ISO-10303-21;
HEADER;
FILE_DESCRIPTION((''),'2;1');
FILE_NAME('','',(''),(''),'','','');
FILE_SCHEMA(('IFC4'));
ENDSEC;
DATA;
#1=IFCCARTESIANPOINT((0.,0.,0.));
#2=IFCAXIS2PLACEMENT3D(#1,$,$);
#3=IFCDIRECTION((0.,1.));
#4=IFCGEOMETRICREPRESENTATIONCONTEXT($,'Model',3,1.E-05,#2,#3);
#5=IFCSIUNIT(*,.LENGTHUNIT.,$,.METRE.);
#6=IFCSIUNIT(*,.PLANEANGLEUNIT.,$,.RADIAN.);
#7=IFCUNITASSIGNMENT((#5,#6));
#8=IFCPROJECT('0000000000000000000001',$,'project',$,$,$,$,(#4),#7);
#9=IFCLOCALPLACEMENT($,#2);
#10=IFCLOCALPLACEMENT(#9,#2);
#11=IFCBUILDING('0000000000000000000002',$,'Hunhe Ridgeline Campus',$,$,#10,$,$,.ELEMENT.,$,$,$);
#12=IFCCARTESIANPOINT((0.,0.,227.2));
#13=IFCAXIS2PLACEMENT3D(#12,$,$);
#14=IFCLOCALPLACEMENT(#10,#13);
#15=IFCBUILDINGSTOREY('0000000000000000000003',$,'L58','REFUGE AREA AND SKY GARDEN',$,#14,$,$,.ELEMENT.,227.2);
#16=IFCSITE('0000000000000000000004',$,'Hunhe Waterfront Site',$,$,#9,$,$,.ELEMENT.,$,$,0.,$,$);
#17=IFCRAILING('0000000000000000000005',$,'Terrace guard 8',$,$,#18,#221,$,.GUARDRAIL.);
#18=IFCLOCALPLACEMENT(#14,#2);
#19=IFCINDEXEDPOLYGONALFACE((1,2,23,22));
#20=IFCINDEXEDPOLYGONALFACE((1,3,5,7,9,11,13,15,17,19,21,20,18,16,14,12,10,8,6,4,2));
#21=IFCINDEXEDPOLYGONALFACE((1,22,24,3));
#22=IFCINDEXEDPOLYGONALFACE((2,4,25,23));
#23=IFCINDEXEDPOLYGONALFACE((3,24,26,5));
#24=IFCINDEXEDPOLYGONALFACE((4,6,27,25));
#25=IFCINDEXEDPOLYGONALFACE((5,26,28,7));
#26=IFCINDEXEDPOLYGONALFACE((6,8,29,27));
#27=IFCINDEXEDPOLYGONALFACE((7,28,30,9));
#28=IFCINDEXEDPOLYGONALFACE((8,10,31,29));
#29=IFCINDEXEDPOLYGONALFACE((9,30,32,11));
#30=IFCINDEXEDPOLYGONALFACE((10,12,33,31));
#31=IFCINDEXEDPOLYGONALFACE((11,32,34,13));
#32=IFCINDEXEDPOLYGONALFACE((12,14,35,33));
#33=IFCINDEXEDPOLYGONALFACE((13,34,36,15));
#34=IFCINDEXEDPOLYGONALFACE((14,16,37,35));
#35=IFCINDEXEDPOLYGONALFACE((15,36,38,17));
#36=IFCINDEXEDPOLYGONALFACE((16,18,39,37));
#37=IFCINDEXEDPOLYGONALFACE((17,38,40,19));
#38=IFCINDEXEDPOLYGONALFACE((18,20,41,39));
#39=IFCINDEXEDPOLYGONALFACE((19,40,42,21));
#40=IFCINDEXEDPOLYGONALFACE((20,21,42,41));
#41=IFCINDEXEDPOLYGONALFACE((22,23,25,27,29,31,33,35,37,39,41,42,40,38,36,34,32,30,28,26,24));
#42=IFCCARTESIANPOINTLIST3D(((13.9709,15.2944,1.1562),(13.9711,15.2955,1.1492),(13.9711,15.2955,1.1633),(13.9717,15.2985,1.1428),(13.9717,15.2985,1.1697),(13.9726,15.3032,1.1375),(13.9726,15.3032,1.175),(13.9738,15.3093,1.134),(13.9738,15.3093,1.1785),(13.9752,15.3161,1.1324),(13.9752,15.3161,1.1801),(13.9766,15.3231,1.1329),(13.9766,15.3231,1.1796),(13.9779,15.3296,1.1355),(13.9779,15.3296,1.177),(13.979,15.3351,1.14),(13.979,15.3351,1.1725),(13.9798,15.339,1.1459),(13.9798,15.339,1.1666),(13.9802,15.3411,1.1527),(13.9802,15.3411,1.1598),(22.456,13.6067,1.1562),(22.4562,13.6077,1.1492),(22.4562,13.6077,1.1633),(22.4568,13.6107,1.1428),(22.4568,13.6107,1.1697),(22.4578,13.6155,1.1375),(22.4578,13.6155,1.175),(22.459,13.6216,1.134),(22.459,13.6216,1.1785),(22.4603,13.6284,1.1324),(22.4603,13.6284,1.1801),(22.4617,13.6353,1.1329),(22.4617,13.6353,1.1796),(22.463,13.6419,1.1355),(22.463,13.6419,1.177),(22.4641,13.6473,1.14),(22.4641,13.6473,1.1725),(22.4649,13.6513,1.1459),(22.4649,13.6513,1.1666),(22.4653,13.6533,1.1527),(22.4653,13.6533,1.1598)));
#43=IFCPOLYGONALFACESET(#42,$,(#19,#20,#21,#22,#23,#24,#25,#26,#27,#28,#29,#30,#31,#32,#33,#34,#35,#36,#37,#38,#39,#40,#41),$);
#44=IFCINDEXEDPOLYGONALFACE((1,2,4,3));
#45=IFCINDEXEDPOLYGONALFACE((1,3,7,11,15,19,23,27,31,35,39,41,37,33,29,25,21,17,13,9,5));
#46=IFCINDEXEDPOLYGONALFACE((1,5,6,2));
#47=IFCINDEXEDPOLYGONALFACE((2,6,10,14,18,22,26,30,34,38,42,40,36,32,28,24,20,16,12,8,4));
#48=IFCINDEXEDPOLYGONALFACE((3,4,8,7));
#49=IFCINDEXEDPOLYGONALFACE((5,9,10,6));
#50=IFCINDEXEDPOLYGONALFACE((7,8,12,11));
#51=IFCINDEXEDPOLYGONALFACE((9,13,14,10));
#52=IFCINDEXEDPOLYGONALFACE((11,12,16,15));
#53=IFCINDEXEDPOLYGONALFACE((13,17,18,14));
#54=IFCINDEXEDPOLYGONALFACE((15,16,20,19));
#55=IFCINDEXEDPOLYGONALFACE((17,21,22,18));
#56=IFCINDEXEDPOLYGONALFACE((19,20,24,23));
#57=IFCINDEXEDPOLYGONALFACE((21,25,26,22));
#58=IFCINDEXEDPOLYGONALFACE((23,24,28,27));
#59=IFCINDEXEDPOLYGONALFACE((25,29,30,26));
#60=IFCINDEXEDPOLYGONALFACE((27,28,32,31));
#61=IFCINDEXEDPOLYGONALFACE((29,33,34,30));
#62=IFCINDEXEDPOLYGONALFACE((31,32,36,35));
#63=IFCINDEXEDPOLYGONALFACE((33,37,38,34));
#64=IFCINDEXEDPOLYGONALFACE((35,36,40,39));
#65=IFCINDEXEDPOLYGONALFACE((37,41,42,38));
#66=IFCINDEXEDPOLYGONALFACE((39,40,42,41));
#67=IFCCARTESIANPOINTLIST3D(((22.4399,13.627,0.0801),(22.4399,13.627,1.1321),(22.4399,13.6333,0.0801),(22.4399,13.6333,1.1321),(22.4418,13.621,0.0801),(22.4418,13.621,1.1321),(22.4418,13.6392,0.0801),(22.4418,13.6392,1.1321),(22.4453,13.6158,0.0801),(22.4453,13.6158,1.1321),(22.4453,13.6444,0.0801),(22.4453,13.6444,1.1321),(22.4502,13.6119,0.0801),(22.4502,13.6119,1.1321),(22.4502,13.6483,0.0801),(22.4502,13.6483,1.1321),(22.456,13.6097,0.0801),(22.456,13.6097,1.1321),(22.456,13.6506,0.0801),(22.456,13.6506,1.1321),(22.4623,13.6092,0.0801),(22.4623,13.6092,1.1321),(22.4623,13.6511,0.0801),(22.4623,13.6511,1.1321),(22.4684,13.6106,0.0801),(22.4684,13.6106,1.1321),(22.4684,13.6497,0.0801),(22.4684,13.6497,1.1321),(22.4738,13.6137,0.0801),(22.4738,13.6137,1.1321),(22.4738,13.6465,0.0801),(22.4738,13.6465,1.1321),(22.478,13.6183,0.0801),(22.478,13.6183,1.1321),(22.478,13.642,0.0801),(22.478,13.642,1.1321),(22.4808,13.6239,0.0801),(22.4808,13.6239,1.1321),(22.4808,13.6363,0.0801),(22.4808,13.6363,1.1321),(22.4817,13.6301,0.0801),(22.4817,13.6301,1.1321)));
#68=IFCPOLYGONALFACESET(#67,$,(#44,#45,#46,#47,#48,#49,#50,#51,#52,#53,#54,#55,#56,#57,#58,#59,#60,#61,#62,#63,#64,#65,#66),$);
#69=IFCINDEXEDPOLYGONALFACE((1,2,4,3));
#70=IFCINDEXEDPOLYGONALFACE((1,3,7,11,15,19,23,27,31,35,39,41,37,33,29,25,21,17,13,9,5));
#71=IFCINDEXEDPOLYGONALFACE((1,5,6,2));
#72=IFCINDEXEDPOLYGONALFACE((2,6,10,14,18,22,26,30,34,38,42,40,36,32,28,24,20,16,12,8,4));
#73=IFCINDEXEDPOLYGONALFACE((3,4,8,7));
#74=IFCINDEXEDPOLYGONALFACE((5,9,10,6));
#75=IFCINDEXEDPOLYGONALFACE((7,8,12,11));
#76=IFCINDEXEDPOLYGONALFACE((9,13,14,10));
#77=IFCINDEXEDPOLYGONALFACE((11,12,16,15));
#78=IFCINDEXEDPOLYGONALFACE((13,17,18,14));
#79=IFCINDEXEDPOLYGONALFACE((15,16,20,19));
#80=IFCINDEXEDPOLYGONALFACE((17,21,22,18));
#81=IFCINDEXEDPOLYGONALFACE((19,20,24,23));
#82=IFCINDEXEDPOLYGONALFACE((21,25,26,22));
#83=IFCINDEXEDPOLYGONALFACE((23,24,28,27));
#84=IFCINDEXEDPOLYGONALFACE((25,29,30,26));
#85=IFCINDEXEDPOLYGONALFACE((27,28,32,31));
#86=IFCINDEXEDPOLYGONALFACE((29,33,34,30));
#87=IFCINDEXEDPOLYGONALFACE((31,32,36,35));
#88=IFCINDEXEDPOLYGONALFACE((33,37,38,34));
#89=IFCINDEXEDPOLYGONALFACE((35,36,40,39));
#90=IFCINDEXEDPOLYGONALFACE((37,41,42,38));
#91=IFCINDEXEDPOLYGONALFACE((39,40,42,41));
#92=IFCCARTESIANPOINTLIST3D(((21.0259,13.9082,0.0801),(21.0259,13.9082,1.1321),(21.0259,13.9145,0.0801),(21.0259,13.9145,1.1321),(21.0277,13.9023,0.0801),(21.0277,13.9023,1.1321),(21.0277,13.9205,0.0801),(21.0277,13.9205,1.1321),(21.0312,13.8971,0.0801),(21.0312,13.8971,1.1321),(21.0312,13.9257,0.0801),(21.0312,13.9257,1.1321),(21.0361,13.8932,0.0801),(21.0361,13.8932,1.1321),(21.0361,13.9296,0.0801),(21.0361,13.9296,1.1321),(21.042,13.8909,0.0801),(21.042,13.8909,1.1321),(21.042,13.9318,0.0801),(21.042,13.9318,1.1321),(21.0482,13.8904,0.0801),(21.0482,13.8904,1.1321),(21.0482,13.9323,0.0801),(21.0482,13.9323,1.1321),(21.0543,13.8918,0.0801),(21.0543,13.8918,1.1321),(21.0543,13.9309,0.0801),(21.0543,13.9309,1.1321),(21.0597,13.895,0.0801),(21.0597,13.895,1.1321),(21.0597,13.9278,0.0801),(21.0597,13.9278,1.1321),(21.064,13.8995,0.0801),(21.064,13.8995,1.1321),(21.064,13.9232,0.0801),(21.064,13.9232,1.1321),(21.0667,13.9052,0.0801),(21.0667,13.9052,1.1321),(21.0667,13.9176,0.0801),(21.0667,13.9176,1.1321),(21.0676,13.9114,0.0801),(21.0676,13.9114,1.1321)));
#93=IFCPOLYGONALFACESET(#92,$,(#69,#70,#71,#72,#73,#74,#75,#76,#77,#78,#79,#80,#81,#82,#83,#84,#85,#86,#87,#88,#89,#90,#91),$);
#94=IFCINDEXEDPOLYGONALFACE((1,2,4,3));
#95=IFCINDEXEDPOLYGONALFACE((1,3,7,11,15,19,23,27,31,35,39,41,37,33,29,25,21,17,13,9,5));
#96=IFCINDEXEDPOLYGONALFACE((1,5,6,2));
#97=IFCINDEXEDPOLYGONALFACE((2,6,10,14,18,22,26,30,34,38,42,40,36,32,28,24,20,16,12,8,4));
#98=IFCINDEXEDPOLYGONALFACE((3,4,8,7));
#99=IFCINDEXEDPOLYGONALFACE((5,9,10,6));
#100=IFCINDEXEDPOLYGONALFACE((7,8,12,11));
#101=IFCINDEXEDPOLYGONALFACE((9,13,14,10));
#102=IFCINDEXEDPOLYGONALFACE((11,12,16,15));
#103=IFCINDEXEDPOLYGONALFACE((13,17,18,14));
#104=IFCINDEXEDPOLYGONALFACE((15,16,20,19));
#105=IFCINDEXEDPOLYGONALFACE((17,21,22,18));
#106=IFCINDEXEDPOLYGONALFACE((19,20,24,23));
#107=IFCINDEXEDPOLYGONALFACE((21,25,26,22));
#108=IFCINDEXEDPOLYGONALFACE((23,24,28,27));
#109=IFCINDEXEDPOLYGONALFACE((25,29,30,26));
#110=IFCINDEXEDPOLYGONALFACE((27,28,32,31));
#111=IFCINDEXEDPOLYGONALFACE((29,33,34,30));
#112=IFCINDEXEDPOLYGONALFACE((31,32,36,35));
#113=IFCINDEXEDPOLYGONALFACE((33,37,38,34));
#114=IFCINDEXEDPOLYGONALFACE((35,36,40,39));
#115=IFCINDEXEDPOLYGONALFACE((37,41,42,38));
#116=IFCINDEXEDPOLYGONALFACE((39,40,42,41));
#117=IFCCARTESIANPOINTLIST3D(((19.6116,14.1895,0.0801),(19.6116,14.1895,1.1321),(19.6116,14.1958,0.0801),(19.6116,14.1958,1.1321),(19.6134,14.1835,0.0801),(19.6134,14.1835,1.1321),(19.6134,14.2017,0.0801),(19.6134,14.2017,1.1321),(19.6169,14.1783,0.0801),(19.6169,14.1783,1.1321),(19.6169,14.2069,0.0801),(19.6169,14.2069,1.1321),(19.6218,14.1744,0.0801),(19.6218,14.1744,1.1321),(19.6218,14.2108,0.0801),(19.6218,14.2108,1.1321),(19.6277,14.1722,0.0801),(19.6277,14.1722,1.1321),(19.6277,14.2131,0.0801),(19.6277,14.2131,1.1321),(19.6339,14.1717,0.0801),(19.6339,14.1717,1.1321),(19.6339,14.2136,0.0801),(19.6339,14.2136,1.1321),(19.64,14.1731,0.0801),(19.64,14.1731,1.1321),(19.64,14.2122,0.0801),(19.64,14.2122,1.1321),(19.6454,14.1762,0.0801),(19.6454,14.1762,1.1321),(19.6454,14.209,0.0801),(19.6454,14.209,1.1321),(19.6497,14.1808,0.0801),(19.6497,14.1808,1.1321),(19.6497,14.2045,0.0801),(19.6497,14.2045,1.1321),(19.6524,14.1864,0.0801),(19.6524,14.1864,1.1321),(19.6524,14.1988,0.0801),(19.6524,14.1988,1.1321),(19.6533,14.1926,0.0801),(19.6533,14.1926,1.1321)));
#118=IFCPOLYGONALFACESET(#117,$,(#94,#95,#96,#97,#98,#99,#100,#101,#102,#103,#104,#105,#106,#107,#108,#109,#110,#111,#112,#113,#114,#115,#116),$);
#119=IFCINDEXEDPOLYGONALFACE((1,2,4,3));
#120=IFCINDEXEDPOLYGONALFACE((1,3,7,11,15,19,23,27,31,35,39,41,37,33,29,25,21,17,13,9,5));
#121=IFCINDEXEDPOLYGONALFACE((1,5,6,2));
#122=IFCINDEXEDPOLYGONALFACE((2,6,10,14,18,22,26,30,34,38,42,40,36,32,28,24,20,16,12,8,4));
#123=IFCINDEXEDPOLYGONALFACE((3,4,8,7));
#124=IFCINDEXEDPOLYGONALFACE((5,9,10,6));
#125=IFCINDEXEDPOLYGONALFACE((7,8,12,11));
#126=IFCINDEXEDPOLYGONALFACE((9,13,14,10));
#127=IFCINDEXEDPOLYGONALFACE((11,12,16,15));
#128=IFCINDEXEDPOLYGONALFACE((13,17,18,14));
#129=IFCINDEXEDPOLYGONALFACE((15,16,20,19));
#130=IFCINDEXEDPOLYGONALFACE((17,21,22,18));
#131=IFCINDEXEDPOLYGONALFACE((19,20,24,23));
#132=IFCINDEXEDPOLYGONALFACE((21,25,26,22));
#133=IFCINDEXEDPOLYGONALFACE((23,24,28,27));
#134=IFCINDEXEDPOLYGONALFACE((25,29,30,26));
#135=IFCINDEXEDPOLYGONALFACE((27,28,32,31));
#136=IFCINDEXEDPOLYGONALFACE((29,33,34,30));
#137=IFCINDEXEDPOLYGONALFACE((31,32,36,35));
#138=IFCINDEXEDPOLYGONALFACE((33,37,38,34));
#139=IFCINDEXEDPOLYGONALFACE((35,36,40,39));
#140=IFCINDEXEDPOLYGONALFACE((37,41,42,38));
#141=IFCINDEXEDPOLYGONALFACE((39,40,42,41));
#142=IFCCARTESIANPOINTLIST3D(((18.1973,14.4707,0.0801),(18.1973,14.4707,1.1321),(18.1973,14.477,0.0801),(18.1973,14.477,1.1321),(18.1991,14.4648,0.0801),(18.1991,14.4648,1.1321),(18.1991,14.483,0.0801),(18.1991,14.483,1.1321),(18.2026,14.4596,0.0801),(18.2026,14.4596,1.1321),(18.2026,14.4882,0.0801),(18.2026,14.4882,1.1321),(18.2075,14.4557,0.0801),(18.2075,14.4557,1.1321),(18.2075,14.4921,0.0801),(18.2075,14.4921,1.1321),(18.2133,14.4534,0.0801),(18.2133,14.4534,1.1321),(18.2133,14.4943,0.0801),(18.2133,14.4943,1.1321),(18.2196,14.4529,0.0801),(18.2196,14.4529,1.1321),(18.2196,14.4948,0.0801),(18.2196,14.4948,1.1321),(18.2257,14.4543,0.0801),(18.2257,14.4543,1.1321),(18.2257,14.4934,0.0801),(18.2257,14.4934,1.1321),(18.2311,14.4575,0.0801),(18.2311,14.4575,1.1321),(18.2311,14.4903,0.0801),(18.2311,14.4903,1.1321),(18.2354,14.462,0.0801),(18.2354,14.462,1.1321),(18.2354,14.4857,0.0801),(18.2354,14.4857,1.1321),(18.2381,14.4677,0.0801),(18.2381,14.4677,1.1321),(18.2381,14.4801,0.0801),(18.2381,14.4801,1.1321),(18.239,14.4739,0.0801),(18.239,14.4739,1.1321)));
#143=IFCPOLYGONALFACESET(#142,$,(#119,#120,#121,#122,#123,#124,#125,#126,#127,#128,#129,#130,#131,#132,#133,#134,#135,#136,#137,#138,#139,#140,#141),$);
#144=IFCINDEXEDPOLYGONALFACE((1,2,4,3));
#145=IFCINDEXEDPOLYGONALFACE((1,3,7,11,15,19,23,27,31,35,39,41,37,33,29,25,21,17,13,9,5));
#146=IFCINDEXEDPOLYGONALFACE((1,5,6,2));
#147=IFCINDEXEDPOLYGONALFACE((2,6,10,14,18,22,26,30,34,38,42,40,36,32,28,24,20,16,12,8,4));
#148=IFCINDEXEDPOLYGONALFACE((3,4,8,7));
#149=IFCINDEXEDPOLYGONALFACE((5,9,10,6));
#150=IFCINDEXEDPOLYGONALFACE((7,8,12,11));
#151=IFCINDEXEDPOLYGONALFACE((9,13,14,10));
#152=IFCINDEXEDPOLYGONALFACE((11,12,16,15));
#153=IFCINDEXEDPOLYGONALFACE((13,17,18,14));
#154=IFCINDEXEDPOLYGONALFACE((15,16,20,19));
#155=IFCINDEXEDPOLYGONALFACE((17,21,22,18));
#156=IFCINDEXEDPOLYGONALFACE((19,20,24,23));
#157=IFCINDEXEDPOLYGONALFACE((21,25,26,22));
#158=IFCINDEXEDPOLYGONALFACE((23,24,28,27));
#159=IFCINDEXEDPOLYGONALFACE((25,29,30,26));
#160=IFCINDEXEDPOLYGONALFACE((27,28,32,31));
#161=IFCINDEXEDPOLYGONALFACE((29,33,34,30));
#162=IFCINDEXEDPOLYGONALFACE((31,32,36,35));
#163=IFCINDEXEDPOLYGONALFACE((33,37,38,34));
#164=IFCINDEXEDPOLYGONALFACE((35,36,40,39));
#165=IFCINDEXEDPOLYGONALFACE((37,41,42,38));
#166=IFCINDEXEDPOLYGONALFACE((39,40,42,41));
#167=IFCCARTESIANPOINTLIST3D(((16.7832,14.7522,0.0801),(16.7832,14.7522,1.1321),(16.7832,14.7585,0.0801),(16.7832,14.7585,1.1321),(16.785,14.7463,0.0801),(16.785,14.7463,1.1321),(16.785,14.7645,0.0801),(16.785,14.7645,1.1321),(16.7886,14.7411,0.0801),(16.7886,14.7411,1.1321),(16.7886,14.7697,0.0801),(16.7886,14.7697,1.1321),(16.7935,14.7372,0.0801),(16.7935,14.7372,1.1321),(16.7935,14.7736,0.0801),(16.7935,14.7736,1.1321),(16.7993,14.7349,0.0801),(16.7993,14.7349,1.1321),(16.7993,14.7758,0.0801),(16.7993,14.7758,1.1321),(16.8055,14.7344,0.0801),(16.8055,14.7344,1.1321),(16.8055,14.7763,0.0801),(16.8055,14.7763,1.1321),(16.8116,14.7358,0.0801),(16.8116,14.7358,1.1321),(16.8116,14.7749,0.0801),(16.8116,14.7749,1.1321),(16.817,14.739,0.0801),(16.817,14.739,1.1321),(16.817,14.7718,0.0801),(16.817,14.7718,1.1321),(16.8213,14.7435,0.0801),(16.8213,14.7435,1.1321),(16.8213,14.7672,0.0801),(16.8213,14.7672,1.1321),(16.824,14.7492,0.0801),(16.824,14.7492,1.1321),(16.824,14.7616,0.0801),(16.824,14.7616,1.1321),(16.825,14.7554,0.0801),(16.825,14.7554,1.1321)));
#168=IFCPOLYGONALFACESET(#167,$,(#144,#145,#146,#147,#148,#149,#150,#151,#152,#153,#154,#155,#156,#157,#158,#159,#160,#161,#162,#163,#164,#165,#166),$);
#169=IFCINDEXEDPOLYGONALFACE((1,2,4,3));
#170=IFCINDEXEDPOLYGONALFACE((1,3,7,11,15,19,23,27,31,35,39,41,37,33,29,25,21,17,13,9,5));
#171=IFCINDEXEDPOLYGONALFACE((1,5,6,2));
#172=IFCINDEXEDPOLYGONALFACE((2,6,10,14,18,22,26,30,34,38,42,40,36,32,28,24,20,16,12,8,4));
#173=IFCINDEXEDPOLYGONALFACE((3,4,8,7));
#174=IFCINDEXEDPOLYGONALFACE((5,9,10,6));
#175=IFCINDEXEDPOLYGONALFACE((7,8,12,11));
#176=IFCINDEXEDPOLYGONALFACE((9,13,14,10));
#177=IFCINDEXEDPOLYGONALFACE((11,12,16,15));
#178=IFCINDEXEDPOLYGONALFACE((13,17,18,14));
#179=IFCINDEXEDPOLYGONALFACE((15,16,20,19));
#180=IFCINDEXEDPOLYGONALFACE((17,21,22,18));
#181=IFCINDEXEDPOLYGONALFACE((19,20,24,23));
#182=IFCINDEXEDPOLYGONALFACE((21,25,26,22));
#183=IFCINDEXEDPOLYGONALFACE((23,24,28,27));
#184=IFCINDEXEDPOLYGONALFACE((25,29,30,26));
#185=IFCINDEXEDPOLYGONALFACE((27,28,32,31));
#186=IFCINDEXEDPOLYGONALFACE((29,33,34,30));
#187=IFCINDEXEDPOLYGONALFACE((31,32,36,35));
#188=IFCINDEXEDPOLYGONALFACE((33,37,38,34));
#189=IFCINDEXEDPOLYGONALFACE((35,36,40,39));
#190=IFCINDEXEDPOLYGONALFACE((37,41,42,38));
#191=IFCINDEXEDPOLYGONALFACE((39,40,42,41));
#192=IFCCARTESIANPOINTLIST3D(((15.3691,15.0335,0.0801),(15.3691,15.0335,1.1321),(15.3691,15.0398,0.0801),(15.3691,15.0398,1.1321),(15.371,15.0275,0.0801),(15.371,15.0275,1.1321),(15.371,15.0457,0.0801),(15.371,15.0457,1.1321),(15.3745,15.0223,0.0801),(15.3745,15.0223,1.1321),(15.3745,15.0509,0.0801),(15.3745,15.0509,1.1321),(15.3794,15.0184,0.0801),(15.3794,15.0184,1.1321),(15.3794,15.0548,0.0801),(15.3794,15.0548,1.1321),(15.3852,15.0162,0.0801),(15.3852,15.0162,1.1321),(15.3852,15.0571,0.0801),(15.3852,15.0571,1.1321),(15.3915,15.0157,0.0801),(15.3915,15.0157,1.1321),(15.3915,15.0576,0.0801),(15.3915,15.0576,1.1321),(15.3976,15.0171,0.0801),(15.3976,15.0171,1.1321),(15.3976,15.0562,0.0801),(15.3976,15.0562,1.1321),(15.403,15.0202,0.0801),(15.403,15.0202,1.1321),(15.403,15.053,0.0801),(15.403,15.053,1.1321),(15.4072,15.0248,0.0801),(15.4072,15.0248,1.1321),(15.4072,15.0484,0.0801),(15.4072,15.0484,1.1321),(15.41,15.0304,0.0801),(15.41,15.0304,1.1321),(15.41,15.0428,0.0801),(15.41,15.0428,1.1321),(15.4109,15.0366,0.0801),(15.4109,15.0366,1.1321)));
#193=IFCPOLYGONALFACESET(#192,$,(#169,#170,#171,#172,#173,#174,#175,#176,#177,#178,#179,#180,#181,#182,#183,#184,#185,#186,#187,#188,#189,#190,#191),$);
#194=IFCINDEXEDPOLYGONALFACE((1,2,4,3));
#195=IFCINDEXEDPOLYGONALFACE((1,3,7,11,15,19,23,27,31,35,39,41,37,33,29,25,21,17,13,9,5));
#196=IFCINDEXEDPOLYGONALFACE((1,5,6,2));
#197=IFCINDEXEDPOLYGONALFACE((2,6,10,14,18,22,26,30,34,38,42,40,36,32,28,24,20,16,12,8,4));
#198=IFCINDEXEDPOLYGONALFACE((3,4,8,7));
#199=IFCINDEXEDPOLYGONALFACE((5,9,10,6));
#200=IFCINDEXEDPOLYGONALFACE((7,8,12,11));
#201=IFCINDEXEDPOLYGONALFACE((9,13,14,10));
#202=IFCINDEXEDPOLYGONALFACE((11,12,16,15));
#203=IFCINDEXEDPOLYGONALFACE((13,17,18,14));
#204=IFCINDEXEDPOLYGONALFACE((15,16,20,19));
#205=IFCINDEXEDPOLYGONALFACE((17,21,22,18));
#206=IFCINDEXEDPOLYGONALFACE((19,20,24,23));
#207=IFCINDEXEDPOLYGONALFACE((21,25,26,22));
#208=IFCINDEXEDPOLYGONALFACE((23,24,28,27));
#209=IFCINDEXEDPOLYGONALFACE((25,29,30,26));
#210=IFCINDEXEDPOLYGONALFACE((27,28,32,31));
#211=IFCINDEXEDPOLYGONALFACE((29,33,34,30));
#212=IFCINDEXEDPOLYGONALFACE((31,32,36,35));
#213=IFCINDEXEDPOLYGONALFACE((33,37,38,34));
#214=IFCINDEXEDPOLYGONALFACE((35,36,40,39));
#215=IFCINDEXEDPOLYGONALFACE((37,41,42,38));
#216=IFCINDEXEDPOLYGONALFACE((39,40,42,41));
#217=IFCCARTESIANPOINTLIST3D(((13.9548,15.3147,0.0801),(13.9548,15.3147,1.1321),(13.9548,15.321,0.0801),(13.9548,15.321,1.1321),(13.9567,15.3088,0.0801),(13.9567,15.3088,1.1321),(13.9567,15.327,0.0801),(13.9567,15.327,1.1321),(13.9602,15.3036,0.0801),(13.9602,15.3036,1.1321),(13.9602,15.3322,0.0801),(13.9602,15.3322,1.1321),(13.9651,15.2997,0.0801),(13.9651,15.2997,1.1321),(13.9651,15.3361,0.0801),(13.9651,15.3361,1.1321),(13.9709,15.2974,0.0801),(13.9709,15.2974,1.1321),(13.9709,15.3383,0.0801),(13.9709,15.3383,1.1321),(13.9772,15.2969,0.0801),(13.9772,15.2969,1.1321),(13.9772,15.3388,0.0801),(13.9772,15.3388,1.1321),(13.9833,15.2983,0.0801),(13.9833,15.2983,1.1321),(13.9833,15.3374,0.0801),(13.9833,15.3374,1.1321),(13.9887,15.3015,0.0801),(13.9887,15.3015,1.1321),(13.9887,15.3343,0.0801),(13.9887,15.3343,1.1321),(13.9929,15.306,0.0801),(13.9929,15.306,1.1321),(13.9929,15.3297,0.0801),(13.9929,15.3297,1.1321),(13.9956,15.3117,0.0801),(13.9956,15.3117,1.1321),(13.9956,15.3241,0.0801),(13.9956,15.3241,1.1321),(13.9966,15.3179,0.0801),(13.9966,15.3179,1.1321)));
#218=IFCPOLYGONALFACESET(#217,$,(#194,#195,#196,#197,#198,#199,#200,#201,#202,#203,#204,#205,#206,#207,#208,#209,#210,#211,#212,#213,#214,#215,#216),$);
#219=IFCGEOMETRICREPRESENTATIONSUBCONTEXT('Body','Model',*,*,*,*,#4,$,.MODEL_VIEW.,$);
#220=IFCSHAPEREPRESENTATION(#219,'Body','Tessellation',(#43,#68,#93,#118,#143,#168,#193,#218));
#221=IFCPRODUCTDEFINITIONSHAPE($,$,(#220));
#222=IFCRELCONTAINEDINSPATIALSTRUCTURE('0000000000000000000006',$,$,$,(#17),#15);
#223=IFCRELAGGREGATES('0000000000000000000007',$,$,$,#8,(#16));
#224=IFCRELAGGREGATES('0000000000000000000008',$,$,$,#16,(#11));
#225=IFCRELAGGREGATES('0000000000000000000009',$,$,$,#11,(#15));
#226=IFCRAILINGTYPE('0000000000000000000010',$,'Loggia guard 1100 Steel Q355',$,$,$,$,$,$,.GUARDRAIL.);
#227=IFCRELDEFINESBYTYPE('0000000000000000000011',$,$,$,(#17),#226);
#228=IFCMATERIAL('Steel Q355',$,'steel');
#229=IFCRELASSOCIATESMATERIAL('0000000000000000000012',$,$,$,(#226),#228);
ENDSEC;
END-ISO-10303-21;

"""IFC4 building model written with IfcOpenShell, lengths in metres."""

from ifc_helpers import new_model, si_unit, direction, frame, origin, origin_2d, place, context, subcontext, project, spatial, circle, extrude, material, type_object, element, save


model = new_model("IFC4")

# Units and contexts
model_context = context("Model", 3, precision=1e-05, world=origin(), true_north=direction((0.0, 1.0)))
body_context = subcontext(model_context, "Body", "Model", "MODEL_VIEW")
ifc_project = project(units=[si_unit("LENGTHUNIT", "METRE"), si_unit("PLANEANGLEUNIT", "RADIAN")], contexts=[model_context])

# Site, building, storey
site_placement = place(None, origin())
site = spatial("IfcSite", under=ifc_project, at=site_placement, Name="Hunhe Waterfront Site", CompositionType="ELEMENT", RefElevation=0.0)
building_placement = place(site_placement, origin())
building = spatial("IfcBuilding", under=site, at=building_placement, Name="Hunhe Ridgeline Campus", CompositionType="ELEMENT")
storey_placement = place(building_placement, frame((0.0, 0.0, 227.2)))
storey = spatial("IfcBuildingStorey", under=building, at=storey_placement, Name="L58", Description="REFUGE AREA AND SKY GARDEN", CompositionType="ELEMENT", Elevation=227.2)

# Railing
ifc_material_1 = material(Name="Steel Q355", Category="steel")
railing_type_1 = type_object("IfcRailingType", Name="Loggia guard 1100 Steel Q355", PredefinedType="GUARDRAIL", material=ifc_material_1)
railing_1_placement = place(storey_placement, frame((22.4607, 13.6301, 0.0801)))
element("IfcRailing", 1, at=railing_1_placement, inside=storey, type_object=railing_type_1, Name="Terrace guard 8", PredefinedType="GUARDRAIL", context=body_context, shape_type="SweptSolid", body=[
    extrude(circle(Radius=0.0239, at=origin_2d()), frame((0.0, 0.0, 1.0762), z_axis=(-0.980786, 0.195085, 0.0), x_axis=(-0.195085, -0.980786, 0.0)), (0.0, 0.0, 1.0), 8.6514),
    extrude(circle(Radius=0.021, at=origin_2d()), origin(), (0.0, 0.0, 1.0), 1.052),
    extrude(circle(Radius=0.021, at=origin_2d()), frame((-1.4141, 0.2812, 0.0)), (0.0, 0.0, 1.0), 1.052),
    extrude(circle(Radius=0.021, at=origin_2d()), frame((-2.8284, 0.5625, 0.0)), (0.0, 0.0, 1.0), 1.052),
    extrude(circle(Radius=0.021, at=origin_2d()), frame((-4.2427, 0.8438, 0.0)), (0.0, 0.0, 1.0), 1.052),
    extrude(circle(Radius=0.021, at=origin_2d()), frame((-5.6567, 1.1252, 0.0)), (0.0, 0.0, 1.0), 1.052),
    extrude(circle(Radius=0.021, at=origin_2d()), frame((-7.0708, 1.4065, 0.0)), (0.0, 0.0, 1.0), 1.052),
    extrude(circle(Radius=0.021, at=origin_2d()), frame((-8.4851, 1.6877, 0.0)), (0.0, 0.0, 1.0), 1.052),
])

save(model, "model.ifc")
